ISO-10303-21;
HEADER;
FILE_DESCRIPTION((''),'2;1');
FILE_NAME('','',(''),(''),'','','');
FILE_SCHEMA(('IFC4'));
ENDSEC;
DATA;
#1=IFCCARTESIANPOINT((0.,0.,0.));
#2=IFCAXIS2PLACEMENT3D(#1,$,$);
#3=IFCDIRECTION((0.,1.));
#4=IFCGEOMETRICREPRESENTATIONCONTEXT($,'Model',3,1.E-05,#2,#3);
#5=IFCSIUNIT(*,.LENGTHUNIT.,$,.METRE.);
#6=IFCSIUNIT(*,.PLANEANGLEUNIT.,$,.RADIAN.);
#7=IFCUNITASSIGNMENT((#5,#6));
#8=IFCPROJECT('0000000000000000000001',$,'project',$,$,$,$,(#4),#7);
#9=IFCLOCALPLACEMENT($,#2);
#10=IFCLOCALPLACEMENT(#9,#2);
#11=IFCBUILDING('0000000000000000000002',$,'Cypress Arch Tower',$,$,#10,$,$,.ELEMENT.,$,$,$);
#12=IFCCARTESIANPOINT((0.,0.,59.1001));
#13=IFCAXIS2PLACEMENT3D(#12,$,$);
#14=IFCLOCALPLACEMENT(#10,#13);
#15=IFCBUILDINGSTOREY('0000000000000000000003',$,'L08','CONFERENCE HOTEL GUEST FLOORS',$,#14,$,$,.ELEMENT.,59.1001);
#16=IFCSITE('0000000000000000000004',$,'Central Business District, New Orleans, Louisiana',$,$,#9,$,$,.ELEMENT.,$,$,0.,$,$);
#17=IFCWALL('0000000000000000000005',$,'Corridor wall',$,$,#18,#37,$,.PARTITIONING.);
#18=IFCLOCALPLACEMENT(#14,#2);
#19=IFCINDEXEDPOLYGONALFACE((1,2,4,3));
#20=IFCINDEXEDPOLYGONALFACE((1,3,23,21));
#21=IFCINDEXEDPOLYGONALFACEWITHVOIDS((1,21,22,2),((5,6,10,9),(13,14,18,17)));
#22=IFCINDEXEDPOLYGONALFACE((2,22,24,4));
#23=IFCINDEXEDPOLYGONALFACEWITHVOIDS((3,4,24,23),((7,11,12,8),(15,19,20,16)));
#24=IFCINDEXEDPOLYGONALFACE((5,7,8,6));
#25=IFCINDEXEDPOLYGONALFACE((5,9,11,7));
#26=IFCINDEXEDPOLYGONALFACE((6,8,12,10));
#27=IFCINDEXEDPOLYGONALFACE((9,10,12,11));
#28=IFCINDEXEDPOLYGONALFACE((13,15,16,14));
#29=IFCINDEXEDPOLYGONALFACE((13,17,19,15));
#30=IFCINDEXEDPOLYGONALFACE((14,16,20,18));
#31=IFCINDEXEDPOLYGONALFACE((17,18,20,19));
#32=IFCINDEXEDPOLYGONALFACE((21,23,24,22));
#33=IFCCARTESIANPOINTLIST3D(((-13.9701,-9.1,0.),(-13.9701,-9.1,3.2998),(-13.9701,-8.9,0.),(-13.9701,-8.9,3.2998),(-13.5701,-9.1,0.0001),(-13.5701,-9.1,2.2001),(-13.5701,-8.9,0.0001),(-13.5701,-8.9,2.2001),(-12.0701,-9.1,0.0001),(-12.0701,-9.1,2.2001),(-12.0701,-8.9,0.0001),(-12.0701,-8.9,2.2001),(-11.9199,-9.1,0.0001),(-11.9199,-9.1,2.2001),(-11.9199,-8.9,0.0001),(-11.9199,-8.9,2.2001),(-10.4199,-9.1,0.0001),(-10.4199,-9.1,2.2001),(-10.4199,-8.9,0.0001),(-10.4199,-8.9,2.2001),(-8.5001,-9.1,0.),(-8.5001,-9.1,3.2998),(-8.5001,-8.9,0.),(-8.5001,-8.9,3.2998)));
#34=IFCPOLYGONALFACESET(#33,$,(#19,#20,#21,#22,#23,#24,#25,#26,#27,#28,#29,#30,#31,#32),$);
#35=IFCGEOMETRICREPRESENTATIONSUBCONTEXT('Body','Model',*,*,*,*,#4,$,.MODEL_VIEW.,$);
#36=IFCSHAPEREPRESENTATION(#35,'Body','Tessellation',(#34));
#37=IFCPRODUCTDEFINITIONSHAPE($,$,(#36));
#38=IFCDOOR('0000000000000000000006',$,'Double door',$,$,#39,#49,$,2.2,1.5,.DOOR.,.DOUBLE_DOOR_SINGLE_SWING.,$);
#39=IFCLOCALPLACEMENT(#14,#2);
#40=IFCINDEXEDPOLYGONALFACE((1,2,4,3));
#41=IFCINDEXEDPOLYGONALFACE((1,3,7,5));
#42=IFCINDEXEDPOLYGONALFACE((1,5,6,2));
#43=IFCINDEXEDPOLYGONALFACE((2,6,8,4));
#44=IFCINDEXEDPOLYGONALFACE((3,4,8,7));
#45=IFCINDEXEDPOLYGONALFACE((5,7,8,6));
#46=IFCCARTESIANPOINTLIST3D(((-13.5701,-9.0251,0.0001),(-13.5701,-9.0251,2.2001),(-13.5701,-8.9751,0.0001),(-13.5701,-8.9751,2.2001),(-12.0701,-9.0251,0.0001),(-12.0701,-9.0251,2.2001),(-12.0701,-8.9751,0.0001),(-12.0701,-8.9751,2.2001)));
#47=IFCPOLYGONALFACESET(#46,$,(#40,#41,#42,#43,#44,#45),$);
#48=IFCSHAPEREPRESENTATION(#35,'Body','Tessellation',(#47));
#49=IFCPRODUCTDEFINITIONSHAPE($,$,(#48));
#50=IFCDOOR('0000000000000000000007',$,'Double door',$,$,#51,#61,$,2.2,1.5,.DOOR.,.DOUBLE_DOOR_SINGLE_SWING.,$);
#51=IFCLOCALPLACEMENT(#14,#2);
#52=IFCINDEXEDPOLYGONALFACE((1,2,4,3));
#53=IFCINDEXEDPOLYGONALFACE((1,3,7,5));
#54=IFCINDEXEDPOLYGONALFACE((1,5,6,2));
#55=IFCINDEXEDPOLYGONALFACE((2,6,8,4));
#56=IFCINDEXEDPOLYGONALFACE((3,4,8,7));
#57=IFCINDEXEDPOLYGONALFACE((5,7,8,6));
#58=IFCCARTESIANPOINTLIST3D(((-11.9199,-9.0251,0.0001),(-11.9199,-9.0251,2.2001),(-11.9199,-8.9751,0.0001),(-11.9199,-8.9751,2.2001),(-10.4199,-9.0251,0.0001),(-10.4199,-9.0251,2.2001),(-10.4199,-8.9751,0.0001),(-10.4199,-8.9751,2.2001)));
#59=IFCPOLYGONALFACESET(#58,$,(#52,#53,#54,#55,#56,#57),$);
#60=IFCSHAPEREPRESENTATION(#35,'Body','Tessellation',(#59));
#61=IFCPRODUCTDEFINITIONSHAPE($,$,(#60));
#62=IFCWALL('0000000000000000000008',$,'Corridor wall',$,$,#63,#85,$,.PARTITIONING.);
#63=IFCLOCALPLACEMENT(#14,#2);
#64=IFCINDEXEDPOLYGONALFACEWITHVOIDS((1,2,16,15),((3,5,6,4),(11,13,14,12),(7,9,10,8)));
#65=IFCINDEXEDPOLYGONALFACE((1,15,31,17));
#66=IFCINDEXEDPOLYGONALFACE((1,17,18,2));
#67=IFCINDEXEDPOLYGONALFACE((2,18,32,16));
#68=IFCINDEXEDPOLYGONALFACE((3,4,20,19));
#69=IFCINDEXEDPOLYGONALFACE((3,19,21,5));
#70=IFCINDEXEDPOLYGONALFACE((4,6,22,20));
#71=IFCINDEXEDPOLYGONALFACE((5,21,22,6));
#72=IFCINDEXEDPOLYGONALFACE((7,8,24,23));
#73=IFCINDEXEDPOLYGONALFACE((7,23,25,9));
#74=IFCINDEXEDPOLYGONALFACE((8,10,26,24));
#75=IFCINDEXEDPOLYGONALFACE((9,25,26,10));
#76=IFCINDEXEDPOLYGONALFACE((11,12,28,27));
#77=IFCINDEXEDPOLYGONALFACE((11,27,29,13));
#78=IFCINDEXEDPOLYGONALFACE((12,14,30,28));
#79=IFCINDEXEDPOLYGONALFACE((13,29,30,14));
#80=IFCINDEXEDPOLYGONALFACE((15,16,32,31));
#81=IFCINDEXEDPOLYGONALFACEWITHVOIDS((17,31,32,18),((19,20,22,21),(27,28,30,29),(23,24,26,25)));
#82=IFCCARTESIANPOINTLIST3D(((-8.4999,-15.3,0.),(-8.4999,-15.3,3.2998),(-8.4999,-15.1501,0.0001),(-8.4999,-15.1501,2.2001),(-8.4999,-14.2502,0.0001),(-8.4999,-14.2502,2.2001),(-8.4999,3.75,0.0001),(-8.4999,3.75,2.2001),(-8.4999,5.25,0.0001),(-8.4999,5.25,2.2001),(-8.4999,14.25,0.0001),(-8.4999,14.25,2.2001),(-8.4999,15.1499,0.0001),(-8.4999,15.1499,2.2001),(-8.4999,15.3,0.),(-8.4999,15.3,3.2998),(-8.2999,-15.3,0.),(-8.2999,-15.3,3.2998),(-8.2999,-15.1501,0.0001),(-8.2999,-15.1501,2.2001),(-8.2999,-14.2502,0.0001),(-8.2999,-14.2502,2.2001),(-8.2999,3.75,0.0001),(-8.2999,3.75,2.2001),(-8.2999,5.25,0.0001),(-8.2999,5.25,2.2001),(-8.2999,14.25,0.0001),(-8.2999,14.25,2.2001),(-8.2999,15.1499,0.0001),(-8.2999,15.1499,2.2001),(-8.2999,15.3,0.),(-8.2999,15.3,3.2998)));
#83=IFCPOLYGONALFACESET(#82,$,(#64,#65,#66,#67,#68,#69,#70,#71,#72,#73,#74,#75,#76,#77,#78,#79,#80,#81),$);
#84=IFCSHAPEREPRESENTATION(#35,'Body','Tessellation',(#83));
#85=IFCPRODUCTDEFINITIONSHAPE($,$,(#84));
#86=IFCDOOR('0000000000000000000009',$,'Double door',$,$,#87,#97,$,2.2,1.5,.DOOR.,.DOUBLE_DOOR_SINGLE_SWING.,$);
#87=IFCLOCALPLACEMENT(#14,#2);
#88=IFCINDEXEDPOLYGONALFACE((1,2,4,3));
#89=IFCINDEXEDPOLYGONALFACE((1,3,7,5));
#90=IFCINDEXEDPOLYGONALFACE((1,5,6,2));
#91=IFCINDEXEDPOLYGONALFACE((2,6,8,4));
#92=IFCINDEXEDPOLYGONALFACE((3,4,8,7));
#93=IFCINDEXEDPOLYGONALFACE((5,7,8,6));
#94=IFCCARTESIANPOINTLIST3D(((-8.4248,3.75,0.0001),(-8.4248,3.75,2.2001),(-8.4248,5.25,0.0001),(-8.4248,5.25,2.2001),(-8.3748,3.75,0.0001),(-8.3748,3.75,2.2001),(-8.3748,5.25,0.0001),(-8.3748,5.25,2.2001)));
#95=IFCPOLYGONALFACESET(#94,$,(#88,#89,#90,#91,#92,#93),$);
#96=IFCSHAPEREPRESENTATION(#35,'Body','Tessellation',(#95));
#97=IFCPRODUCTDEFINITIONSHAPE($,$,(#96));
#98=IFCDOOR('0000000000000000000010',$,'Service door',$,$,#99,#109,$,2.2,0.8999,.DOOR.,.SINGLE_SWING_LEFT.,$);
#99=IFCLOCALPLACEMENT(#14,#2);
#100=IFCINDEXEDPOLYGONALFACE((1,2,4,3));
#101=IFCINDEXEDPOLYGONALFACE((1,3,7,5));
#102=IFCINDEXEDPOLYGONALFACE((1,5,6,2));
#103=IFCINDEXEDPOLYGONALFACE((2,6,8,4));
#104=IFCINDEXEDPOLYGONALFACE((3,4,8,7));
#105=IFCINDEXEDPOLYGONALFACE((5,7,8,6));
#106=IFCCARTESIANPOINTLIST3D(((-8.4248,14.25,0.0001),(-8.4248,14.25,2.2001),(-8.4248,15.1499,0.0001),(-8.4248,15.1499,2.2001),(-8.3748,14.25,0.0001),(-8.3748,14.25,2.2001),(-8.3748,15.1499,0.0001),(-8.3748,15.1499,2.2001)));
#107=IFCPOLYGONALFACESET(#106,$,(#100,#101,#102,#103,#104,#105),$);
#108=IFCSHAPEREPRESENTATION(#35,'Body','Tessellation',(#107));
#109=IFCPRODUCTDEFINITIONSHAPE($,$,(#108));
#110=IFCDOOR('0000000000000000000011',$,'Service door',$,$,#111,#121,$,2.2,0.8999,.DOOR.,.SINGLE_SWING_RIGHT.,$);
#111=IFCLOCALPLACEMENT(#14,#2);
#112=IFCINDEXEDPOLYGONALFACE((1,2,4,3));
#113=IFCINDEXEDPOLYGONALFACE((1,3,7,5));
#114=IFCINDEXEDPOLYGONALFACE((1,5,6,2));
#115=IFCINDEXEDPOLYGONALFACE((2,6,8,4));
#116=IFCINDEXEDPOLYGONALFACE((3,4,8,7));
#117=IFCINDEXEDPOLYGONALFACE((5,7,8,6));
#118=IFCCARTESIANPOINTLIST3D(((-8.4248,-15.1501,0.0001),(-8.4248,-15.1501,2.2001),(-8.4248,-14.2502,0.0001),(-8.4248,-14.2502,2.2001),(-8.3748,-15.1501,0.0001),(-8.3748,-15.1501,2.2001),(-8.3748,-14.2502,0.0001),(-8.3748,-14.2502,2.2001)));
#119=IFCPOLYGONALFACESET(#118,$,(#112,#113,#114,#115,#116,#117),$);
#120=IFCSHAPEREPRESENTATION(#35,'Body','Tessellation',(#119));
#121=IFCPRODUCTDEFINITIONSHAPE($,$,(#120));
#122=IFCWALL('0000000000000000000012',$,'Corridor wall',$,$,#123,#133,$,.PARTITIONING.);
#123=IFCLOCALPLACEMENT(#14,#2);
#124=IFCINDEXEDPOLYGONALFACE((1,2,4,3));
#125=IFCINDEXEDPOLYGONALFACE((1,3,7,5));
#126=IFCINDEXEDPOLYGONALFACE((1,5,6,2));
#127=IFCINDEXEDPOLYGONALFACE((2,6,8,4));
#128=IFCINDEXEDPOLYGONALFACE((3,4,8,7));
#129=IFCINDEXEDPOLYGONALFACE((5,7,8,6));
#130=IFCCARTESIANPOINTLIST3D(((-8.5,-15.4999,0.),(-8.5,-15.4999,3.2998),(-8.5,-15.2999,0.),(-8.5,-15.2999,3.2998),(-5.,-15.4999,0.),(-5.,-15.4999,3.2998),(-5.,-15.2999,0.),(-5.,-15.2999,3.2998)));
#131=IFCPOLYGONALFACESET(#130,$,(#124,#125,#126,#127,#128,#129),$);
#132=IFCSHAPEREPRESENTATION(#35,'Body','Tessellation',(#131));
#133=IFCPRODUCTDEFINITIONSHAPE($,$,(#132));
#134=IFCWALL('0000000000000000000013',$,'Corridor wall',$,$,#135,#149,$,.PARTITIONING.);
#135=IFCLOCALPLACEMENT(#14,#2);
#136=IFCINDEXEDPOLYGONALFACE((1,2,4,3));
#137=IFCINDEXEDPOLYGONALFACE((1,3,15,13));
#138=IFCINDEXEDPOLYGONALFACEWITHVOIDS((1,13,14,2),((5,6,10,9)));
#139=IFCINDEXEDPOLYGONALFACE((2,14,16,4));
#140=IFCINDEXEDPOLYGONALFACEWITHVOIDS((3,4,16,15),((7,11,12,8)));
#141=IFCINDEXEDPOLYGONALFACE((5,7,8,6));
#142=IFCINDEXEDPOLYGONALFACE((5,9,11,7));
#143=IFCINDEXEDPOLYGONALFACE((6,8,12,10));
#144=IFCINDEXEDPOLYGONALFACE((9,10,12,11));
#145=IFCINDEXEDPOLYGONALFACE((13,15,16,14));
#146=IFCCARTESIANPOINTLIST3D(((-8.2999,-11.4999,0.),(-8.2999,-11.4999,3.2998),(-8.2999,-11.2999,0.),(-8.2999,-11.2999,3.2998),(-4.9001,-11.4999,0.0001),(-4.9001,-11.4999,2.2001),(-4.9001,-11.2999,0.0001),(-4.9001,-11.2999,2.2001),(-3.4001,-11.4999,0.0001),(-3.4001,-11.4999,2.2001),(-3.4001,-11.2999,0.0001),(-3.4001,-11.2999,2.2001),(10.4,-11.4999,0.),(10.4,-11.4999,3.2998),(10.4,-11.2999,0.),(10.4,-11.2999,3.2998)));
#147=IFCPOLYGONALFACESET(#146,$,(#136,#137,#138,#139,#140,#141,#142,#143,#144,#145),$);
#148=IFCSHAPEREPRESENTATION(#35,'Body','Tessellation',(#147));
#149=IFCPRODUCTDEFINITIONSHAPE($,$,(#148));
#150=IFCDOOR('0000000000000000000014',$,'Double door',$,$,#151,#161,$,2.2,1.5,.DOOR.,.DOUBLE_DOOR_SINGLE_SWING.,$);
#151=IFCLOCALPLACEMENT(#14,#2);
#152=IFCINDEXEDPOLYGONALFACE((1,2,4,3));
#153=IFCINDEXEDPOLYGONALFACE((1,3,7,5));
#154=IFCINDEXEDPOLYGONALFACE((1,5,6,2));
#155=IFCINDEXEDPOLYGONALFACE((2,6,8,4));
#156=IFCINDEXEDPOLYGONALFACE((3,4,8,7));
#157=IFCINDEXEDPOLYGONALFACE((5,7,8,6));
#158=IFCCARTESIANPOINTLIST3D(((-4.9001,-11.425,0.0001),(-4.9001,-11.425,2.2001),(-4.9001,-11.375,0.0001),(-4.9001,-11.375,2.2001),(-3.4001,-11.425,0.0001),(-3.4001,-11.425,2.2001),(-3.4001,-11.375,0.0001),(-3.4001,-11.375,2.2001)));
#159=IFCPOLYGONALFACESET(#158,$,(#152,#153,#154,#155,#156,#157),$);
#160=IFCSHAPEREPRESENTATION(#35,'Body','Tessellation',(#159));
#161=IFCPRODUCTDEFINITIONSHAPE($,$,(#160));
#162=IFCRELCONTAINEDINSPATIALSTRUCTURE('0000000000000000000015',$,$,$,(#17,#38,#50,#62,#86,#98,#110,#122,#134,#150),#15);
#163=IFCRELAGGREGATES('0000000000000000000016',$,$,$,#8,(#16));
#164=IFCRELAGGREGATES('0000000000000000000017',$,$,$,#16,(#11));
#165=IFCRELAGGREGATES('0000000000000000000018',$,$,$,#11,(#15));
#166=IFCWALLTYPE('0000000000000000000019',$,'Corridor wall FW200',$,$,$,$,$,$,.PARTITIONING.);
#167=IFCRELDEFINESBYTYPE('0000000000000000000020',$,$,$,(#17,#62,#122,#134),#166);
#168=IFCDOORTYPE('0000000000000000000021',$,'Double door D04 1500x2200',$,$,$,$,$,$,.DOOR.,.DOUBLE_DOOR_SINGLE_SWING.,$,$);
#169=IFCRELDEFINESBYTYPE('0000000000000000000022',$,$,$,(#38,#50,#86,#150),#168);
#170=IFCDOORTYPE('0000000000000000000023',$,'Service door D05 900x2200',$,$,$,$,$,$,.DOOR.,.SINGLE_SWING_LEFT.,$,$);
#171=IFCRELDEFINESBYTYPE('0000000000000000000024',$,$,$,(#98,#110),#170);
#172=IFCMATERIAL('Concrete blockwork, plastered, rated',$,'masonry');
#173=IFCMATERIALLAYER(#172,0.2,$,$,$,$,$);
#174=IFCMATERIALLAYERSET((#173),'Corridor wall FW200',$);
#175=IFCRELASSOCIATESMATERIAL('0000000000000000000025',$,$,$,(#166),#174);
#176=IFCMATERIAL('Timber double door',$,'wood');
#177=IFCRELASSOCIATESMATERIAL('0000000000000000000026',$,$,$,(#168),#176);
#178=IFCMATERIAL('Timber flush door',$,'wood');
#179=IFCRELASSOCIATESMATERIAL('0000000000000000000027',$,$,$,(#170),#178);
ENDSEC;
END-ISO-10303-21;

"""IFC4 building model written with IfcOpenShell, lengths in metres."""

from ifc_helpers import new_model, si_unit, direction, frame, frame_2d, origin, place, context, subcontext, project, spatial, rectangle, extrude, material, layer, layer_set, type_object, element, fill, save


model = new_model("IFC4")

# Units and contexts
model_context = context("Model", 3, precision=1e-05, world=origin(), true_north=direction((0.0, 1.0)))
body_context = subcontext(model_context, "Body", "Model", "MODEL_VIEW")
ifc_project = project(units=[si_unit("LENGTHUNIT", "METRE"), si_unit("PLANEANGLEUNIT", "RADIAN")], contexts=[model_context])

# Site, building, storey
site_placement = place(None, origin())
site = spatial("IfcSite", under=ifc_project, at=site_placement, Name="Central Business District, New Orleans, Louisiana", CompositionType="ELEMENT", RefElevation=0.0)
building_placement = place(site_placement, origin())
building = spatial("IfcBuilding", under=site, at=building_placement, Name="Cypress Arch Tower", CompositionType="ELEMENT")
storey_placement = place(building_placement, frame((0.0, 0.0, 59.1001)))
storey = spatial("IfcBuildingStorey", under=building, at=storey_placement, Name="L08", Description="CONFERENCE HOTEL GUEST FLOORS", CompositionType="ELEMENT", Elevation=59.1001)

# Walls, openings, doors
ifc_material_1 = material(Name="Concrete blockwork, plastered, rated", Category="masonry")
ifc_layer_1 = layer(ifc_material_1, 0.2)
ifc_layer_set_1 = layer_set([ifc_layer_1], Name="Corridor wall FW200")
wall_type_1 = type_object("IfcWallType", Name="Corridor wall FW200", PredefinedType="PARTITIONING", material=ifc_layer_set_1)
wall_1_placement = place(storey_placement, frame((-13.97, -9.0, 0.0), z_axis=(0.0, 0.0, 1.0), x_axis=(1.0, 0.0, 0.0)))
wall_1 = element("IfcWall", 1, at=wall_1_placement, inside=storey, type_object=wall_type_1, Name="Corridor wall", PredefinedType="PARTITIONING", context=body_context, shape_type="SweptSolid", body=[
    extrude(rectangle(XDim=5.47, YDim=0.2, at=frame_2d((2.7349, 0.0))), origin(), (0.0, 0.0, 1.0), 3.2998),
])
opening_1_placement = place(wall_1_placement, frame((0.3999, 0.0, 0.0)))
opening_1 = element("IfcOpeningElement", 2, at=opening_1_placement, cuts=wall_1, PredefinedType="OPENING", context=body_context, shape_type="SweptSolid", body=[
    extrude(rectangle(XDim=1.5, YDim=2.2, at=frame_2d((0.75, 1.1001))), frame((0.0, 0.1099, 0.0), z_axis=(0.0, -1.0, 0.0), x_axis=(1.0, 0.0, 0.0)), (0.0, 0.0, 1.0), 0.22),
])
opening_2_placement = place(wall_1_placement, frame((2.05, 0.0, 0.0)))
opening_2 = element("IfcOpeningElement", 3, at=opening_2_placement, cuts=wall_1, PredefinedType="OPENING", context=body_context, shape_type="SweptSolid", body=[
    extrude(rectangle(XDim=1.5, YDim=2.2, at=frame_2d((0.75, 1.1001))), frame((0.0, 0.1099, 0.0), z_axis=(0.0, -1.0, 0.0), x_axis=(1.0, 0.0, 0.0)), (0.0, 0.0, 1.0), 0.22),
])
ifc_material_2 = material(Name="Timber double door", Category="wood")
door_type_1 = type_object("IfcDoorType", Name="Double door D04 1500x2200", OperationType="DOUBLE_DOOR_SINGLE_SWING", PredefinedType="DOOR", material=ifc_material_2)
door_1_placement = place(opening_1_placement, origin())
door_1 = element("IfcDoor", 4, at=door_1_placement, inside=storey, type_object=door_type_1, Name="Double door", OperationType="DOUBLE_DOOR_SINGLE_SWING", OverallHeight=2.2, OverallWidth=1.5, PredefinedType="DOOR", context=body_context, shape_type="SweptSolid", body=[
    extrude(rectangle(XDim=1.5, YDim=2.2, at=frame_2d((0.75, 1.1001))), frame((0.0, 0.0249, 0.0), z_axis=(0.0, -1.0, 0.0), x_axis=(1.0, 0.0, 0.0)), (0.0, 0.0, 1.0), 0.05),
])
fill(opening_1, door_1)
door_2_placement = place(opening_2_placement, origin())
door_2 = element("IfcDoor", 5, at=door_2_placement, inside=storey, type_object=door_type_1, Name="Double door", OperationType="DOUBLE_DOOR_SINGLE_SWING", OverallHeight=2.2, OverallWidth=1.5, PredefinedType="DOOR", context=body_context, shape_type="SweptSolid", body=[
    extrude(rectangle(XDim=1.5, YDim=2.2, at=frame_2d((0.75, 1.1001))), frame((0.0, 0.0249, 0.0), z_axis=(0.0, -1.0, 0.0), x_axis=(1.0, 0.0, 0.0)), (0.0, 0.0, 1.0), 0.05),
])
fill(opening_2, door_2)
wall_2_placement = place(storey_placement, frame((-8.3999, -15.3, 0.0), z_axis=(0.0, 0.0, 1.0), x_axis=(0.0, 1.0, 0.0)))
wall_2 = element("IfcWall", 6, at=wall_2_placement, inside=storey, type_object=wall_type_1, Name="Corridor wall", PredefinedType="PARTITIONING", context=body_context, shape_type="SweptSolid", body=[
    extrude(rectangle(XDim=30.6001, YDim=0.2, at=frame_2d((15.3, 0.0))), origin(), (0.0, 0.0, 1.0), 3.2998),
])
opening_3_placement = place(wall_2_placement, frame((19.05, 0.0, 0.0)))
opening_3 = element("IfcOpeningElement", 7, at=opening_3_placement, cuts=wall_2, PredefinedType="OPENING", context=body_context, shape_type="SweptSolid", body=[
    extrude(rectangle(XDim=1.5, YDim=2.2, at=frame_2d((0.75, 1.1001))), frame((0.0, 0.1099, 0.0), z_axis=(0.0, -1.0, 0.0), x_axis=(1.0, 0.0, 0.0)), (0.0, 0.0, 1.0), 0.22),
])
opening_4_placement = place(wall_2_placement, frame((29.55, 0.0, 0.0)))
opening_4 = element("IfcOpeningElement", 8, at=opening_4_placement, cuts=wall_2, PredefinedType="OPENING", context=body_context, shape_type="SweptSolid", body=[
    extrude(rectangle(XDim=0.8999, YDim=2.2, at=frame_2d((0.45, 1.1001))), frame((0.0, 0.1099, 0.0), z_axis=(0.0, -1.0, 0.0), x_axis=(1.0, 0.0, 0.0)), (0.0, 0.0, 1.0), 0.22),
])
opening_5_placement = place(wall_2_placement, frame((0.1499, 0.0, 0.0)))
opening_5 = element("IfcOpeningElement", 9, at=opening_5_placement, cuts=wall_2, PredefinedType="OPENING", context=body_context, shape_type="SweptSolid", body=[
    extrude(rectangle(XDim=0.8999, YDim=2.2, at=frame_2d((0.45, 1.1001))), frame((0.0, 0.1099, 0.0), z_axis=(0.0, -1.0, 0.0), x_axis=(1.0, 0.0, 0.0)), (0.0, 0.0, 1.0), 0.22),
])
door_3_placement = place(opening_3_placement, origin())
door_3 = element("IfcDoor", 10, at=door_3_placement, inside=storey, type_object=door_type_1, Name="Double door", OperationType="DOUBLE_DOOR_SINGLE_SWING", OverallHeight=2.2, OverallWidth=1.5, PredefinedType="DOOR", context=body_context, shape_type="SweptSolid", body=[
    extrude(rectangle(XDim=1.5, YDim=2.2, at=frame_2d((0.75, 1.1001))), frame((0.0, 0.0249, 0.0), z_axis=(0.0, -1.0, 0.0), x_axis=(1.0, 0.0, 0.0)), (0.0, 0.0, 1.0), 0.05),
])
fill(opening_3, door_3)
ifc_material_3 = material(Name="Timber flush door", Category="wood")
door_type_2 = type_object("IfcDoorType", Name="Service door D05 900x2200", OperationType="SINGLE_SWING_LEFT", PredefinedType="DOOR", material=ifc_material_3)
door_4_placement = place(opening_4_placement, origin())
door_4 = element("IfcDoor", 11, at=door_4_placement, inside=storey, type_object=door_type_2, Name="Service door", OperationType="SINGLE_SWING_LEFT", OverallHeight=2.2, OverallWidth=0.8999, PredefinedType="DOOR", context=body_context, shape_type="SweptSolid", body=[
    extrude(rectangle(XDim=0.8999, YDim=2.2, at=frame_2d((0.45, 1.1001))), frame((0.0, 0.0249, 0.0), z_axis=(0.0, -1.0, 0.0), x_axis=(1.0, 0.0, 0.0)), (0.0, 0.0, 1.0), 0.05),
])
fill(opening_4, door_4)
door_5_placement = place(opening_5_placement, origin())
door_5 = element("IfcDoor", 12, at=door_5_placement, inside=storey, type_object=door_type_2, Name="Service door", OperationType="SINGLE_SWING_RIGHT", OverallHeight=2.2, OverallWidth=0.8999, PredefinedType="DOOR", context=body_context, shape_type="SweptSolid", body=[
    extrude(rectangle(XDim=0.8999, YDim=2.2, at=frame_2d((0.45, 1.1001))), frame((0.0, 0.0249, 0.0), z_axis=(0.0, -1.0, 0.0), x_axis=(1.0, 0.0, 0.0)), (0.0, 0.0, 1.0), 0.05),
])
fill(opening_5, door_5)

# Wall
wall_3_placement = place(storey_placement, frame((-8.5, -15.3999, 0.0), z_axis=(0.0, 0.0, 1.0), x_axis=(1.0, 0.0, 0.0)))
element("IfcWall", 13, at=wall_3_placement, inside=storey, type_object=wall_type_1, Name="Corridor wall", PredefinedType="PARTITIONING", context=body_context, shape_type="SweptSolid", body=[
    extrude(rectangle(XDim=3.5, YDim=0.2, at=frame_2d((1.75, 0.0))), origin(), (0.0, 0.0, 1.0), 3.2998),
])

# Wall, opening, door
wall_4_placement = place(storey_placement, frame((-8.3, -11.3999, 0.0), z_axis=(0.0, 0.0, 1.0), x_axis=(1.0, 0.0, 0.0)))
wall_4 = element("IfcWall", 14, at=wall_4_placement, inside=storey, type_object=wall_type_1, Name="Corridor wall", PredefinedType="PARTITIONING", context=body_context, shape_type="SweptSolid", body=[
    extrude(rectangle(XDim=18.7, YDim=0.2, at=frame_2d((9.3501, 0.0))), origin(), (0.0, 0.0, 1.0), 3.2998),
])
opening_6_placement = place(wall_4_placement, frame((3.3999, 0.0, 0.0)))
opening_6 = element("IfcOpeningElement", 15, at=opening_6_placement, cuts=wall_4, PredefinedType="OPENING", context=body_context, shape_type="SweptSolid", body=[
    extrude(rectangle(XDim=1.5, YDim=2.2, at=frame_2d((0.75, 1.1001))), frame((0.0, 0.1099, 0.0), z_axis=(0.0, -1.0, 0.0), x_axis=(1.0, 0.0, 0.0)), (0.0, 0.0, 1.0), 0.22),
])
door_6_placement = place(opening_6_placement, origin())
door_6 = element("IfcDoor", 16, at=door_6_placement, inside=storey, type_object=door_type_1, Name="Double door", OperationType="DOUBLE_DOOR_SINGLE_SWING", OverallHeight=2.2, OverallWidth=1.5, PredefinedType="DOOR", context=body_context, shape_type="SweptSolid", body=[
    extrude(rectangle(XDim=1.5, YDim=2.2, at=frame_2d((0.75, 1.1001))), frame((0.0, 0.0249, 0.0), z_axis=(0.0, -1.0, 0.0), x_axis=(1.0, 0.0, 0.0)), (0.0, 0.0, 1.0), 0.05),
])
fill(opening_6, door_6)

save(model, "model.ifc")
